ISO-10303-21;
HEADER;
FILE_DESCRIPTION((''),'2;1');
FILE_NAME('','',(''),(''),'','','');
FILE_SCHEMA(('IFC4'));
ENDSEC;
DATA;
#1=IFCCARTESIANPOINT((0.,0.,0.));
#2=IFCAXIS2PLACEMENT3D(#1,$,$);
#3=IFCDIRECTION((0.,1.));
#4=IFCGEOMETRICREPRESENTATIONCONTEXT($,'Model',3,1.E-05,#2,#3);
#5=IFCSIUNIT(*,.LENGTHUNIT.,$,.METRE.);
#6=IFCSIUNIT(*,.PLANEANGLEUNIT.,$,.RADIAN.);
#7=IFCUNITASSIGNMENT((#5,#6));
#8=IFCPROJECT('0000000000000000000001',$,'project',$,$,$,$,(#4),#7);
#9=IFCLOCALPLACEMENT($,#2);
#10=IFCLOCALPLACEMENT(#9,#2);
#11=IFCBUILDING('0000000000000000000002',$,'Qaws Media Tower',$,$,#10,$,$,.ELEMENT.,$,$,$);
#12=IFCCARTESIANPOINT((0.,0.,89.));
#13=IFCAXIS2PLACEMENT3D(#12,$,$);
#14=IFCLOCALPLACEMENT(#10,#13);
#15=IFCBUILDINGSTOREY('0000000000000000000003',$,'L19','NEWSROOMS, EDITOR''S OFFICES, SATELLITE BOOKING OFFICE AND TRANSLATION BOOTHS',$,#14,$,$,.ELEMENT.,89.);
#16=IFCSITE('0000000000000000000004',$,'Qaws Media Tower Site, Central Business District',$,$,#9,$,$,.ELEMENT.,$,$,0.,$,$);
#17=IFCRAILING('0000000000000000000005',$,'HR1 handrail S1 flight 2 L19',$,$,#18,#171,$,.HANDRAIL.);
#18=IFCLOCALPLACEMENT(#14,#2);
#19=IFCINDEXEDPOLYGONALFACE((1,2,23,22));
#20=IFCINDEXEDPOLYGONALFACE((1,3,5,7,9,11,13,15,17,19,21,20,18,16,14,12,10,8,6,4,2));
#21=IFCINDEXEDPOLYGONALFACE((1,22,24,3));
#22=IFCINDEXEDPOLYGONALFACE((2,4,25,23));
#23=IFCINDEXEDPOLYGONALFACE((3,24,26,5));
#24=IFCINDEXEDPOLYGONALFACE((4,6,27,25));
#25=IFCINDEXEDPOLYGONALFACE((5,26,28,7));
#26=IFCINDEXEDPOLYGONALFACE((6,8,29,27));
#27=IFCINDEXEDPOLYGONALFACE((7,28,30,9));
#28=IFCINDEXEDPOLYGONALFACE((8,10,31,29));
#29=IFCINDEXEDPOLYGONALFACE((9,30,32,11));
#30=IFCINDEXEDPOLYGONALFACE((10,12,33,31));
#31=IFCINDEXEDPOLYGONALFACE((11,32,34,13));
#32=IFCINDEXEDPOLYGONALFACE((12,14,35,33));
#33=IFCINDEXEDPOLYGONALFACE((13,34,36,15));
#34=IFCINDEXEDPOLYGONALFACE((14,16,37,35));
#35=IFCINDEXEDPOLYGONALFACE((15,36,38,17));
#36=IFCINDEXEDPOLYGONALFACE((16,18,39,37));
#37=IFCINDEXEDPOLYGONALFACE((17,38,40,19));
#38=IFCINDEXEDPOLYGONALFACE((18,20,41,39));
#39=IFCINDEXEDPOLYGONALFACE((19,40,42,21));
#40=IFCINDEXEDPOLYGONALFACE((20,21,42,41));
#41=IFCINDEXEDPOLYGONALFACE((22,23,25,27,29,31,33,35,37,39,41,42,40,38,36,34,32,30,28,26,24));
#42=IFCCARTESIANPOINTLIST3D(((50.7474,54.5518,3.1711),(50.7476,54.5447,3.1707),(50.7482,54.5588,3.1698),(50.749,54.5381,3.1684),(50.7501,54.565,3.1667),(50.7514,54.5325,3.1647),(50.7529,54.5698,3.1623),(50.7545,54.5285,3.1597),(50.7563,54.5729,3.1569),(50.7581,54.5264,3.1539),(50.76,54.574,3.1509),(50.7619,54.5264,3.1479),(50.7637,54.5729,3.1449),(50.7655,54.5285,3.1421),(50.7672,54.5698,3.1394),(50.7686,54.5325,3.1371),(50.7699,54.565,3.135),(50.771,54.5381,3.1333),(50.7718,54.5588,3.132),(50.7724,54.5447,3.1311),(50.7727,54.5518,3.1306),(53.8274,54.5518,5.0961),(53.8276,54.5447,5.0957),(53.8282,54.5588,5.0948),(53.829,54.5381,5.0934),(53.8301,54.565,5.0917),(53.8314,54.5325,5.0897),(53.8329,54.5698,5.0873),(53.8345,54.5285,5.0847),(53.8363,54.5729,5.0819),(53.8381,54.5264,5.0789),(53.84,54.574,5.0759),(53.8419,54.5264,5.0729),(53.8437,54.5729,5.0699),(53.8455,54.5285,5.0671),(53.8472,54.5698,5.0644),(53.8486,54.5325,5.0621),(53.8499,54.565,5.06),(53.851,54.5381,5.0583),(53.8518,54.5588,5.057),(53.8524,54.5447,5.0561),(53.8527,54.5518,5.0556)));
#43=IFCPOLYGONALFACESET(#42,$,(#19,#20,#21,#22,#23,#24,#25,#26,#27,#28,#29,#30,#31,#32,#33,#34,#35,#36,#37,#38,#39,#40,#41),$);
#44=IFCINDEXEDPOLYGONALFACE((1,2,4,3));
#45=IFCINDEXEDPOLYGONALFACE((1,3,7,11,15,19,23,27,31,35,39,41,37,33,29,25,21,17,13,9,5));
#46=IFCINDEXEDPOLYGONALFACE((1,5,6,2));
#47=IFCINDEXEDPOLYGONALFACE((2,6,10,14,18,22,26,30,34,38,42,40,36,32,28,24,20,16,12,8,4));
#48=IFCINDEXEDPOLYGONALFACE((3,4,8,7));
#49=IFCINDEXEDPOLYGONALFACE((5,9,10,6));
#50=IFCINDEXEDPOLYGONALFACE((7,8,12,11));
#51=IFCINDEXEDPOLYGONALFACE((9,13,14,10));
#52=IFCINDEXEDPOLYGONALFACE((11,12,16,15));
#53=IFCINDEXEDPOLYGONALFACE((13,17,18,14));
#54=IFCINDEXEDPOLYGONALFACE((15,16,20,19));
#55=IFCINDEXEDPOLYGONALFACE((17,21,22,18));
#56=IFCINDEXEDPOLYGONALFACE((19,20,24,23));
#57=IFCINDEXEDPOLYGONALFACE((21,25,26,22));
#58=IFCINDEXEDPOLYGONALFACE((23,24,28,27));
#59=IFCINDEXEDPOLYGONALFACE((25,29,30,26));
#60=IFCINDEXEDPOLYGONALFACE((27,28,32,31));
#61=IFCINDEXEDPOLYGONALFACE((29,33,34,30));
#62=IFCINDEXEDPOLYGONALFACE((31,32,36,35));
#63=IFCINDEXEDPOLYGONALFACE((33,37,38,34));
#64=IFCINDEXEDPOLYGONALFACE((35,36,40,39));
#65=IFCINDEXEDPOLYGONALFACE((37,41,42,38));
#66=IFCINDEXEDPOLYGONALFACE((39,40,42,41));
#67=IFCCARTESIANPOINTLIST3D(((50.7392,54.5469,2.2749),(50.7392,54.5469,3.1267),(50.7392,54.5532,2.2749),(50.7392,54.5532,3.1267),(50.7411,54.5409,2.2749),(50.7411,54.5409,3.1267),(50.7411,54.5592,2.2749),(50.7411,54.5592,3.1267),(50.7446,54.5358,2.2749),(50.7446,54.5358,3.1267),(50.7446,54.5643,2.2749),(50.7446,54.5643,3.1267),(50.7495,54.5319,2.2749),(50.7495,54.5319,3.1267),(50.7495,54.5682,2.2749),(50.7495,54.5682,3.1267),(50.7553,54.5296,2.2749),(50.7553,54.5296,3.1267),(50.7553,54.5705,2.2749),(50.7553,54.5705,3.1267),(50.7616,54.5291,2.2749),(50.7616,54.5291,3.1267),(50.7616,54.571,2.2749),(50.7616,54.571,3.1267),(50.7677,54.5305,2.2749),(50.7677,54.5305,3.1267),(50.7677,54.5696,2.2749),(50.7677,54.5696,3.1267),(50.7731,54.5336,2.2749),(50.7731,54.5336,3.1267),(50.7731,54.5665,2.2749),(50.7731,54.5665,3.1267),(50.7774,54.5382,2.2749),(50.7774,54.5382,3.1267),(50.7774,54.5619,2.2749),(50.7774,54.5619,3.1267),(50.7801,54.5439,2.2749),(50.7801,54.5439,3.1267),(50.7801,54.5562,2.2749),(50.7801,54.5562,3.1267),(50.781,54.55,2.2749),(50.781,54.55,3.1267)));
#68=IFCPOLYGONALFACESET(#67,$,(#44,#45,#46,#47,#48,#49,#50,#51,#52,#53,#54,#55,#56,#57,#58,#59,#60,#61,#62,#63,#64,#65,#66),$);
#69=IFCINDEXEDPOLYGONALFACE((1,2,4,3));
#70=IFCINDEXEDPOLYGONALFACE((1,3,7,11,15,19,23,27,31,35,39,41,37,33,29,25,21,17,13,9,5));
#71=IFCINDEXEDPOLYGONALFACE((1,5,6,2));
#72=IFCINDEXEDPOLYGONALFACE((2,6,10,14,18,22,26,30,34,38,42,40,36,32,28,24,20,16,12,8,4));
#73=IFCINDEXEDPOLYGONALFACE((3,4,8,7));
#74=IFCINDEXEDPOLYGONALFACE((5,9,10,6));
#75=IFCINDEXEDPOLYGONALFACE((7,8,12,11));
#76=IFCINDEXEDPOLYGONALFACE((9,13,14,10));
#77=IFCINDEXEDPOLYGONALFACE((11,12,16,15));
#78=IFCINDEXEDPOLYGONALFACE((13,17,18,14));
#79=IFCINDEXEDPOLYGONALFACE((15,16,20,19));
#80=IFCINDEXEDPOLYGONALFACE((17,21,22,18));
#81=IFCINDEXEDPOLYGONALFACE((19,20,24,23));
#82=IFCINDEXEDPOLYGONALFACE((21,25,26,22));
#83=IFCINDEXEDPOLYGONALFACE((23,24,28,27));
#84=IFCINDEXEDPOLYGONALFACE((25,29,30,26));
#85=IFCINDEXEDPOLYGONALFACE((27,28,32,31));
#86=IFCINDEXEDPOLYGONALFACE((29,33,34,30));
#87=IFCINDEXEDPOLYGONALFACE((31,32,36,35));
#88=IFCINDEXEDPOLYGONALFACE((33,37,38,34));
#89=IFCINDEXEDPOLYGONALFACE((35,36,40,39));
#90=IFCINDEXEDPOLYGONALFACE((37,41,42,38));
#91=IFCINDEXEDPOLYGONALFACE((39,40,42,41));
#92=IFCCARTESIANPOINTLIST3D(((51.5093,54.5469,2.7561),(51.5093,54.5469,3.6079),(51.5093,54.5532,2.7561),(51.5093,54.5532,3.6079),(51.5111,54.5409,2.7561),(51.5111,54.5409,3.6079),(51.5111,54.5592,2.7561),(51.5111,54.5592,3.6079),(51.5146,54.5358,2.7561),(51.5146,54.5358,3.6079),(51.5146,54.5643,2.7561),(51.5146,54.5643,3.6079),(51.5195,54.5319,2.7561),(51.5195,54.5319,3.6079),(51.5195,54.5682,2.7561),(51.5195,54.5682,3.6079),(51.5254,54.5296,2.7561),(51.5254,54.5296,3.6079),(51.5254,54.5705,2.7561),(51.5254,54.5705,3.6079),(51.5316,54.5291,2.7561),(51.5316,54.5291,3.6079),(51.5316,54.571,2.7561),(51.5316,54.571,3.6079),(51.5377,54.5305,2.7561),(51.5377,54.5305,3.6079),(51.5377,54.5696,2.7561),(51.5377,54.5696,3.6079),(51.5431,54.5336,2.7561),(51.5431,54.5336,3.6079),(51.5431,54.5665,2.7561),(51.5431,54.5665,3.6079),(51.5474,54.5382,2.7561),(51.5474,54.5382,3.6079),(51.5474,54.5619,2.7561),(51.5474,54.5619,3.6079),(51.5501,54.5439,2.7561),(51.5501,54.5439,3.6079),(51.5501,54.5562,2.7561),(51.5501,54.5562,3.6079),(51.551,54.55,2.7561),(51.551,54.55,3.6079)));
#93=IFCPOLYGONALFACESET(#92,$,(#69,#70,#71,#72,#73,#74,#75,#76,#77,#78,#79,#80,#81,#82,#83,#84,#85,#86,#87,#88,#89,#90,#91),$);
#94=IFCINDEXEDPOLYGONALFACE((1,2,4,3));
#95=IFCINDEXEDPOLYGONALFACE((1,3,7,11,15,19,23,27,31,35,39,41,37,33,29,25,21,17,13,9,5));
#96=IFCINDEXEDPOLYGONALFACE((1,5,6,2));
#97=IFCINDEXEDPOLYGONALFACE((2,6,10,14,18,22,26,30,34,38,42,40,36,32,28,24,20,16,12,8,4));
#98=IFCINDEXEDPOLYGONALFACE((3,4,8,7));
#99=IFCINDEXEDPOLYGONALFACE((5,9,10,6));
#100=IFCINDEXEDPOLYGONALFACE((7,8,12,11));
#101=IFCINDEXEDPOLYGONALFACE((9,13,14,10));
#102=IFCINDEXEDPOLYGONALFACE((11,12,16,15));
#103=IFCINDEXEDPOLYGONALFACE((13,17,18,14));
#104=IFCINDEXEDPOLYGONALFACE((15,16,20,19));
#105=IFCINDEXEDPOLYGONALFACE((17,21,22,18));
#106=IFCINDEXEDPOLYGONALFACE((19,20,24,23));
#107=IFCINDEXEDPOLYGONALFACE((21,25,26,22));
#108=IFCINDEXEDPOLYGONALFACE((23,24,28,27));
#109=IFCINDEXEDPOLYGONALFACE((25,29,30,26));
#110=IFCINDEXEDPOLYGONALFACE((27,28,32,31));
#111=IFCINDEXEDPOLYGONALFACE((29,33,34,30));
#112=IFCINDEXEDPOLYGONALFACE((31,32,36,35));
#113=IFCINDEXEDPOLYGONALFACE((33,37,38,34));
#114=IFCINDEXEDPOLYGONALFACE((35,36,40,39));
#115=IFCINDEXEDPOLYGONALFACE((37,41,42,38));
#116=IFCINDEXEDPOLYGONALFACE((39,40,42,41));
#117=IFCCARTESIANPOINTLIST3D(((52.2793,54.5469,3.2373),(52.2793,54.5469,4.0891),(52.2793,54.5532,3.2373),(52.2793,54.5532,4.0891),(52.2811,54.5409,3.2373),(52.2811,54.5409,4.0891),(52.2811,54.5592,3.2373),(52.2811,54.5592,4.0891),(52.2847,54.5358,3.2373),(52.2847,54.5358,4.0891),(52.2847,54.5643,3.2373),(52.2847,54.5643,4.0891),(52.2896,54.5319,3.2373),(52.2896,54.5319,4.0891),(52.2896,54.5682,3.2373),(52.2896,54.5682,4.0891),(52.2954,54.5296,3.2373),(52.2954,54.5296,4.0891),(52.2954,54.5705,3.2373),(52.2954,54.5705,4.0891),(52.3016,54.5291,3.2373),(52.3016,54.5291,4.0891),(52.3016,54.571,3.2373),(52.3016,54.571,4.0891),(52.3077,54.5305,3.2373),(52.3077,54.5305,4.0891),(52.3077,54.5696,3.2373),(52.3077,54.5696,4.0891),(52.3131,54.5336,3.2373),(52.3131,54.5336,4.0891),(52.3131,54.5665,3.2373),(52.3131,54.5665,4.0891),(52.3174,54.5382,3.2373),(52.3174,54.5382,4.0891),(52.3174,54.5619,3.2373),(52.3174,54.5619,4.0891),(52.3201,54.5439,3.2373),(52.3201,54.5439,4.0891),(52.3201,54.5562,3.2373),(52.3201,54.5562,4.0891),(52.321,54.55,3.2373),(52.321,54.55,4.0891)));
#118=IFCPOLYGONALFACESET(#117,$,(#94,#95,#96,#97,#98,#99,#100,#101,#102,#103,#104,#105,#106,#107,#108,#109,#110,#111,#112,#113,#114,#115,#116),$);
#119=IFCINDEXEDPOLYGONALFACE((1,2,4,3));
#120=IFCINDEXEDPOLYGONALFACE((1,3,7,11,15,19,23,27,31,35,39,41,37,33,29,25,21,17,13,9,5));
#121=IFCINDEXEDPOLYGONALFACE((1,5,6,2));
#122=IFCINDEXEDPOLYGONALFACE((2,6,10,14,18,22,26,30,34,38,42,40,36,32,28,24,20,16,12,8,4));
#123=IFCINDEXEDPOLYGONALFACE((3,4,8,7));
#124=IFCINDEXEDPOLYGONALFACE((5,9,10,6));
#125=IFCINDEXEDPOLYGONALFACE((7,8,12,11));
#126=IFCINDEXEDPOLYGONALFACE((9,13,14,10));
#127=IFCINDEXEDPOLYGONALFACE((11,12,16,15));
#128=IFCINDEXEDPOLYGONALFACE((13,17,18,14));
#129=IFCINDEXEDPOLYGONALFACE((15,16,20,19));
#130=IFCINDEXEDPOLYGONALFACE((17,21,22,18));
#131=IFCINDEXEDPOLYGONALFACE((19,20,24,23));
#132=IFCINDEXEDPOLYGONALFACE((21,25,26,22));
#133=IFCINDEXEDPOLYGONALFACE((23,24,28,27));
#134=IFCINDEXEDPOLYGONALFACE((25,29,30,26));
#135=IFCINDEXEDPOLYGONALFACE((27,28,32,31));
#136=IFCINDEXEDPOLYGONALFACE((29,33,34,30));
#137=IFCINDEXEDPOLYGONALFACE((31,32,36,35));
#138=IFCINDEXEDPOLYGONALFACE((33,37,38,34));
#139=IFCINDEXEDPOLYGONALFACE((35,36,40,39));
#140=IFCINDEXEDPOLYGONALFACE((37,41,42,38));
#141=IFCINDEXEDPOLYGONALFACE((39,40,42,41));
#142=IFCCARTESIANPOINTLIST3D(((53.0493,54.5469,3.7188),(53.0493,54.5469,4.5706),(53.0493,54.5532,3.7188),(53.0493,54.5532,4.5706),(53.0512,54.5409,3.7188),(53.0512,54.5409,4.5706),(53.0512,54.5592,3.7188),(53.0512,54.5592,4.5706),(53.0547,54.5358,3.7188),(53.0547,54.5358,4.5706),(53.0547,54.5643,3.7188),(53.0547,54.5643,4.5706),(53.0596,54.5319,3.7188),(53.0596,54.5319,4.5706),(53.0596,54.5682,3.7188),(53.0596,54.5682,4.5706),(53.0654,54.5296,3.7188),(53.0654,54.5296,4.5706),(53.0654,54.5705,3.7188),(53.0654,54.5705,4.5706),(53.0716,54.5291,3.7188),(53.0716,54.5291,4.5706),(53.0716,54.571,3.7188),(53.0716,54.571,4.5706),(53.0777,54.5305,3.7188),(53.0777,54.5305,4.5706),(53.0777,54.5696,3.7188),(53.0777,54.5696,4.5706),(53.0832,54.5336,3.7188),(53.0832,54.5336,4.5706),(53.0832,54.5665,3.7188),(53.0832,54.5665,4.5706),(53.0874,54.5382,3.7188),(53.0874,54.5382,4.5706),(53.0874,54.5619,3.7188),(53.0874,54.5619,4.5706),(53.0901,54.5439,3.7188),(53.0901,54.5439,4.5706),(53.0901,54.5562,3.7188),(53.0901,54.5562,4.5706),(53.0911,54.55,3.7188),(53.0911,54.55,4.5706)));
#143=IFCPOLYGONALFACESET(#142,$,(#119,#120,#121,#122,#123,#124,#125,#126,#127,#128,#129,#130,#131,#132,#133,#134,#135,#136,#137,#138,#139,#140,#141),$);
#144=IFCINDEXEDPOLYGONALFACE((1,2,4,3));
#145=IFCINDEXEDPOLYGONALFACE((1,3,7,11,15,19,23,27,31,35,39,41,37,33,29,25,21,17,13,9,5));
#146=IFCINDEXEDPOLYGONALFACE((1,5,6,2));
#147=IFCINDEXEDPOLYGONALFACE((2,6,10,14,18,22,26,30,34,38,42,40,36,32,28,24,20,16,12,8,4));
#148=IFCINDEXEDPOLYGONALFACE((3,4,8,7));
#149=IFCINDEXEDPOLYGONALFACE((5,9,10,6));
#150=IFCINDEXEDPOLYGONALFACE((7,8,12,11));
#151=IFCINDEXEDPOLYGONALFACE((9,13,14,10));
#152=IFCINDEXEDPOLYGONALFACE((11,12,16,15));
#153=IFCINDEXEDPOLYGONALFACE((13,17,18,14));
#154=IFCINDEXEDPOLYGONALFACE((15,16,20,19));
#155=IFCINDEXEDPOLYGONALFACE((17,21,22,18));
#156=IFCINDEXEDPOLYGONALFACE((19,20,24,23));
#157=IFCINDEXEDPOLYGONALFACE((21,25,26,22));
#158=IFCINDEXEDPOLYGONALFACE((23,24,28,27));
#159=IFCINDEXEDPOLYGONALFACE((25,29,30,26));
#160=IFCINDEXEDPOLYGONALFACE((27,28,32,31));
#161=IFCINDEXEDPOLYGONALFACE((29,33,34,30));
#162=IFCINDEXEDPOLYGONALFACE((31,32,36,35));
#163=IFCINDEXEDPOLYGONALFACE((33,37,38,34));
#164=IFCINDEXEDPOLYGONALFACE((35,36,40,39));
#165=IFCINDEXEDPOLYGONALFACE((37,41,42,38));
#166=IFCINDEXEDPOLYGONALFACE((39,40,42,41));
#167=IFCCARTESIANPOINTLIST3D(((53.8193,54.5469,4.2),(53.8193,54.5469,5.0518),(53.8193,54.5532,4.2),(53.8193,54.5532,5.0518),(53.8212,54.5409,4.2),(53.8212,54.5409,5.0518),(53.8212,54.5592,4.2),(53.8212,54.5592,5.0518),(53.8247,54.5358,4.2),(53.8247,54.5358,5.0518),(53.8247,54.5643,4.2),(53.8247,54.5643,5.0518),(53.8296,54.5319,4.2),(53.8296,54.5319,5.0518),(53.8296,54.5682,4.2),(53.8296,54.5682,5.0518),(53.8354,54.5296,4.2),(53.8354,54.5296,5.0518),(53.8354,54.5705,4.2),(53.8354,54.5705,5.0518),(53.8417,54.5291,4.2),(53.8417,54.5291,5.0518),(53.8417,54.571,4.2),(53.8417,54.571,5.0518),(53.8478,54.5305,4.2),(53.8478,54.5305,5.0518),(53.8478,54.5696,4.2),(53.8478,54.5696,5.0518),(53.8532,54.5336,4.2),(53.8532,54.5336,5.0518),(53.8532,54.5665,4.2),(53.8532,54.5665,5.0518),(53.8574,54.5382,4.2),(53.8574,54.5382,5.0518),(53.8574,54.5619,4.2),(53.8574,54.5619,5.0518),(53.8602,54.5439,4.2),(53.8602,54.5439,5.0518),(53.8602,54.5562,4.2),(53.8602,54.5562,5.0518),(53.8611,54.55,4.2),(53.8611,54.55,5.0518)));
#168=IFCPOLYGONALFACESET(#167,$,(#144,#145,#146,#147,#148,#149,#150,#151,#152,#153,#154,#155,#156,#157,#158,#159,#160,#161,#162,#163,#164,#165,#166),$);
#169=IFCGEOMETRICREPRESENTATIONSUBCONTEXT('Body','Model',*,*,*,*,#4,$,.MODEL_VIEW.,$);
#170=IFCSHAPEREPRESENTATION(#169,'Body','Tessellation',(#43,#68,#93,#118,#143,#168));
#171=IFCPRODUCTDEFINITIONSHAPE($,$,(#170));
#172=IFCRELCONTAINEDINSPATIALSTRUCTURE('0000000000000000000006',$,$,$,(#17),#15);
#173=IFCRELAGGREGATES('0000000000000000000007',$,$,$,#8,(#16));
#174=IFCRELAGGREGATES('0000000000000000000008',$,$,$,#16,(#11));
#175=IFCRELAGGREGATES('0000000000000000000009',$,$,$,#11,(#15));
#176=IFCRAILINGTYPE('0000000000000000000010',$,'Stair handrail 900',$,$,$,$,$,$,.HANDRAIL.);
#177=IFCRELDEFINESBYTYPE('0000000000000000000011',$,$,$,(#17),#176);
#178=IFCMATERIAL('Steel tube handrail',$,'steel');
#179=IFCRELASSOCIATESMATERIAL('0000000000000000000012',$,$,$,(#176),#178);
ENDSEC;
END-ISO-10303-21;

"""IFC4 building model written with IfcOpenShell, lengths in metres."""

from ifc_helpers import new_model, si_unit, direction, frame, origin, origin_2d, place, context, subcontext, project, spatial, circle, extrude, material, type_object, element, save


model = new_model("IFC4")

# Units and contexts
model_context = context("Model", 3, precision=1e-05, world=origin(), true_north=direction((0.0, 1.0)))
body_context = subcontext(model_context, "Body", "Model", "MODEL_VIEW")
ifc_project = project(units=[si_unit("LENGTHUNIT", "METRE"), si_unit("PLANEANGLEUNIT", "RADIAN")], contexts=[model_context])

# Site, building, storey
site_placement = place(None, origin())
site = spatial("IfcSite", under=ifc_project, at=site_placement, Name="Qaws Media Tower Site, Central Business District", CompositionType="ELEMENT", RefElevation=0.0)
building_placement = place(site_placement, origin())
building = spatial("IfcBuilding", under=site, at=building_placement, Name="Qaws Media Tower", CompositionType="ELEMENT")
storey_placement = place(building_placement, frame((0.0, 0.0, 89.0)))
storey = spatial("IfcBuildingStorey", under=building, at=storey_placement, Name="L19", Description="NEWSROOMS, EDITOR'S OFFICES, SATELLITE BOOKING OFFICE AND TRANSLATION BOOTHS", CompositionType="ELEMENT", Elevation=89.0)

# Railing
ifc_material_1 = material(Name="Steel tube handrail", Category="steel")
railing_type = type_object("IfcRailingType", Name="Stair handrail 900", PredefinedType="HANDRAIL", material=ifc_material_1)
for number, where, name in (
    (1, (50.76, 54.55, 2.2749), "HR1 handrail S1 flight 2 L19"),
):
    element("IfcRailing", number, at=place(storey_placement, frame(where)), inside=storey, type_object=railing_type, Name=name, PredefinedType="HANDRAIL", context=body_context, shape_type="SweptSolid", body=[
        extrude(circle(Radius=0.0239, at=origin_2d()), frame((0.0, 0.0, 0.876), z_axis=(0.847998, 0.0, 0.529999), x_axis=(0.0, 1.0, 0.0)), (0.0, 0.0, 1.0), 3.6321),
        extrude(circle(Radius=0.021, at=origin_2d()), origin(), (0.0, 0.0, 1.0), 0.8518),
        extrude(circle(Radius=0.021, at=origin_2d()), frame((0.77, 0.0, 0.4812)), (0.0, 0.0, 1.0), 0.8518),
        extrude(circle(Radius=0.021, at=origin_2d()), frame((1.54, 0.0, 0.9624)), (0.0, 0.0, 1.0), 0.8518),
        extrude(circle(Radius=0.021, at=origin_2d()), frame((2.3101, 0.0, 1.4438)), (0.0, 0.0, 1.0), 0.8518),
        extrude(circle(Radius=0.021, at=origin_2d()), frame((3.0801, 0.0, 1.925)), (0.0, 0.0, 1.0), 0.8518),
    ])

save(model, "model.ifc")
